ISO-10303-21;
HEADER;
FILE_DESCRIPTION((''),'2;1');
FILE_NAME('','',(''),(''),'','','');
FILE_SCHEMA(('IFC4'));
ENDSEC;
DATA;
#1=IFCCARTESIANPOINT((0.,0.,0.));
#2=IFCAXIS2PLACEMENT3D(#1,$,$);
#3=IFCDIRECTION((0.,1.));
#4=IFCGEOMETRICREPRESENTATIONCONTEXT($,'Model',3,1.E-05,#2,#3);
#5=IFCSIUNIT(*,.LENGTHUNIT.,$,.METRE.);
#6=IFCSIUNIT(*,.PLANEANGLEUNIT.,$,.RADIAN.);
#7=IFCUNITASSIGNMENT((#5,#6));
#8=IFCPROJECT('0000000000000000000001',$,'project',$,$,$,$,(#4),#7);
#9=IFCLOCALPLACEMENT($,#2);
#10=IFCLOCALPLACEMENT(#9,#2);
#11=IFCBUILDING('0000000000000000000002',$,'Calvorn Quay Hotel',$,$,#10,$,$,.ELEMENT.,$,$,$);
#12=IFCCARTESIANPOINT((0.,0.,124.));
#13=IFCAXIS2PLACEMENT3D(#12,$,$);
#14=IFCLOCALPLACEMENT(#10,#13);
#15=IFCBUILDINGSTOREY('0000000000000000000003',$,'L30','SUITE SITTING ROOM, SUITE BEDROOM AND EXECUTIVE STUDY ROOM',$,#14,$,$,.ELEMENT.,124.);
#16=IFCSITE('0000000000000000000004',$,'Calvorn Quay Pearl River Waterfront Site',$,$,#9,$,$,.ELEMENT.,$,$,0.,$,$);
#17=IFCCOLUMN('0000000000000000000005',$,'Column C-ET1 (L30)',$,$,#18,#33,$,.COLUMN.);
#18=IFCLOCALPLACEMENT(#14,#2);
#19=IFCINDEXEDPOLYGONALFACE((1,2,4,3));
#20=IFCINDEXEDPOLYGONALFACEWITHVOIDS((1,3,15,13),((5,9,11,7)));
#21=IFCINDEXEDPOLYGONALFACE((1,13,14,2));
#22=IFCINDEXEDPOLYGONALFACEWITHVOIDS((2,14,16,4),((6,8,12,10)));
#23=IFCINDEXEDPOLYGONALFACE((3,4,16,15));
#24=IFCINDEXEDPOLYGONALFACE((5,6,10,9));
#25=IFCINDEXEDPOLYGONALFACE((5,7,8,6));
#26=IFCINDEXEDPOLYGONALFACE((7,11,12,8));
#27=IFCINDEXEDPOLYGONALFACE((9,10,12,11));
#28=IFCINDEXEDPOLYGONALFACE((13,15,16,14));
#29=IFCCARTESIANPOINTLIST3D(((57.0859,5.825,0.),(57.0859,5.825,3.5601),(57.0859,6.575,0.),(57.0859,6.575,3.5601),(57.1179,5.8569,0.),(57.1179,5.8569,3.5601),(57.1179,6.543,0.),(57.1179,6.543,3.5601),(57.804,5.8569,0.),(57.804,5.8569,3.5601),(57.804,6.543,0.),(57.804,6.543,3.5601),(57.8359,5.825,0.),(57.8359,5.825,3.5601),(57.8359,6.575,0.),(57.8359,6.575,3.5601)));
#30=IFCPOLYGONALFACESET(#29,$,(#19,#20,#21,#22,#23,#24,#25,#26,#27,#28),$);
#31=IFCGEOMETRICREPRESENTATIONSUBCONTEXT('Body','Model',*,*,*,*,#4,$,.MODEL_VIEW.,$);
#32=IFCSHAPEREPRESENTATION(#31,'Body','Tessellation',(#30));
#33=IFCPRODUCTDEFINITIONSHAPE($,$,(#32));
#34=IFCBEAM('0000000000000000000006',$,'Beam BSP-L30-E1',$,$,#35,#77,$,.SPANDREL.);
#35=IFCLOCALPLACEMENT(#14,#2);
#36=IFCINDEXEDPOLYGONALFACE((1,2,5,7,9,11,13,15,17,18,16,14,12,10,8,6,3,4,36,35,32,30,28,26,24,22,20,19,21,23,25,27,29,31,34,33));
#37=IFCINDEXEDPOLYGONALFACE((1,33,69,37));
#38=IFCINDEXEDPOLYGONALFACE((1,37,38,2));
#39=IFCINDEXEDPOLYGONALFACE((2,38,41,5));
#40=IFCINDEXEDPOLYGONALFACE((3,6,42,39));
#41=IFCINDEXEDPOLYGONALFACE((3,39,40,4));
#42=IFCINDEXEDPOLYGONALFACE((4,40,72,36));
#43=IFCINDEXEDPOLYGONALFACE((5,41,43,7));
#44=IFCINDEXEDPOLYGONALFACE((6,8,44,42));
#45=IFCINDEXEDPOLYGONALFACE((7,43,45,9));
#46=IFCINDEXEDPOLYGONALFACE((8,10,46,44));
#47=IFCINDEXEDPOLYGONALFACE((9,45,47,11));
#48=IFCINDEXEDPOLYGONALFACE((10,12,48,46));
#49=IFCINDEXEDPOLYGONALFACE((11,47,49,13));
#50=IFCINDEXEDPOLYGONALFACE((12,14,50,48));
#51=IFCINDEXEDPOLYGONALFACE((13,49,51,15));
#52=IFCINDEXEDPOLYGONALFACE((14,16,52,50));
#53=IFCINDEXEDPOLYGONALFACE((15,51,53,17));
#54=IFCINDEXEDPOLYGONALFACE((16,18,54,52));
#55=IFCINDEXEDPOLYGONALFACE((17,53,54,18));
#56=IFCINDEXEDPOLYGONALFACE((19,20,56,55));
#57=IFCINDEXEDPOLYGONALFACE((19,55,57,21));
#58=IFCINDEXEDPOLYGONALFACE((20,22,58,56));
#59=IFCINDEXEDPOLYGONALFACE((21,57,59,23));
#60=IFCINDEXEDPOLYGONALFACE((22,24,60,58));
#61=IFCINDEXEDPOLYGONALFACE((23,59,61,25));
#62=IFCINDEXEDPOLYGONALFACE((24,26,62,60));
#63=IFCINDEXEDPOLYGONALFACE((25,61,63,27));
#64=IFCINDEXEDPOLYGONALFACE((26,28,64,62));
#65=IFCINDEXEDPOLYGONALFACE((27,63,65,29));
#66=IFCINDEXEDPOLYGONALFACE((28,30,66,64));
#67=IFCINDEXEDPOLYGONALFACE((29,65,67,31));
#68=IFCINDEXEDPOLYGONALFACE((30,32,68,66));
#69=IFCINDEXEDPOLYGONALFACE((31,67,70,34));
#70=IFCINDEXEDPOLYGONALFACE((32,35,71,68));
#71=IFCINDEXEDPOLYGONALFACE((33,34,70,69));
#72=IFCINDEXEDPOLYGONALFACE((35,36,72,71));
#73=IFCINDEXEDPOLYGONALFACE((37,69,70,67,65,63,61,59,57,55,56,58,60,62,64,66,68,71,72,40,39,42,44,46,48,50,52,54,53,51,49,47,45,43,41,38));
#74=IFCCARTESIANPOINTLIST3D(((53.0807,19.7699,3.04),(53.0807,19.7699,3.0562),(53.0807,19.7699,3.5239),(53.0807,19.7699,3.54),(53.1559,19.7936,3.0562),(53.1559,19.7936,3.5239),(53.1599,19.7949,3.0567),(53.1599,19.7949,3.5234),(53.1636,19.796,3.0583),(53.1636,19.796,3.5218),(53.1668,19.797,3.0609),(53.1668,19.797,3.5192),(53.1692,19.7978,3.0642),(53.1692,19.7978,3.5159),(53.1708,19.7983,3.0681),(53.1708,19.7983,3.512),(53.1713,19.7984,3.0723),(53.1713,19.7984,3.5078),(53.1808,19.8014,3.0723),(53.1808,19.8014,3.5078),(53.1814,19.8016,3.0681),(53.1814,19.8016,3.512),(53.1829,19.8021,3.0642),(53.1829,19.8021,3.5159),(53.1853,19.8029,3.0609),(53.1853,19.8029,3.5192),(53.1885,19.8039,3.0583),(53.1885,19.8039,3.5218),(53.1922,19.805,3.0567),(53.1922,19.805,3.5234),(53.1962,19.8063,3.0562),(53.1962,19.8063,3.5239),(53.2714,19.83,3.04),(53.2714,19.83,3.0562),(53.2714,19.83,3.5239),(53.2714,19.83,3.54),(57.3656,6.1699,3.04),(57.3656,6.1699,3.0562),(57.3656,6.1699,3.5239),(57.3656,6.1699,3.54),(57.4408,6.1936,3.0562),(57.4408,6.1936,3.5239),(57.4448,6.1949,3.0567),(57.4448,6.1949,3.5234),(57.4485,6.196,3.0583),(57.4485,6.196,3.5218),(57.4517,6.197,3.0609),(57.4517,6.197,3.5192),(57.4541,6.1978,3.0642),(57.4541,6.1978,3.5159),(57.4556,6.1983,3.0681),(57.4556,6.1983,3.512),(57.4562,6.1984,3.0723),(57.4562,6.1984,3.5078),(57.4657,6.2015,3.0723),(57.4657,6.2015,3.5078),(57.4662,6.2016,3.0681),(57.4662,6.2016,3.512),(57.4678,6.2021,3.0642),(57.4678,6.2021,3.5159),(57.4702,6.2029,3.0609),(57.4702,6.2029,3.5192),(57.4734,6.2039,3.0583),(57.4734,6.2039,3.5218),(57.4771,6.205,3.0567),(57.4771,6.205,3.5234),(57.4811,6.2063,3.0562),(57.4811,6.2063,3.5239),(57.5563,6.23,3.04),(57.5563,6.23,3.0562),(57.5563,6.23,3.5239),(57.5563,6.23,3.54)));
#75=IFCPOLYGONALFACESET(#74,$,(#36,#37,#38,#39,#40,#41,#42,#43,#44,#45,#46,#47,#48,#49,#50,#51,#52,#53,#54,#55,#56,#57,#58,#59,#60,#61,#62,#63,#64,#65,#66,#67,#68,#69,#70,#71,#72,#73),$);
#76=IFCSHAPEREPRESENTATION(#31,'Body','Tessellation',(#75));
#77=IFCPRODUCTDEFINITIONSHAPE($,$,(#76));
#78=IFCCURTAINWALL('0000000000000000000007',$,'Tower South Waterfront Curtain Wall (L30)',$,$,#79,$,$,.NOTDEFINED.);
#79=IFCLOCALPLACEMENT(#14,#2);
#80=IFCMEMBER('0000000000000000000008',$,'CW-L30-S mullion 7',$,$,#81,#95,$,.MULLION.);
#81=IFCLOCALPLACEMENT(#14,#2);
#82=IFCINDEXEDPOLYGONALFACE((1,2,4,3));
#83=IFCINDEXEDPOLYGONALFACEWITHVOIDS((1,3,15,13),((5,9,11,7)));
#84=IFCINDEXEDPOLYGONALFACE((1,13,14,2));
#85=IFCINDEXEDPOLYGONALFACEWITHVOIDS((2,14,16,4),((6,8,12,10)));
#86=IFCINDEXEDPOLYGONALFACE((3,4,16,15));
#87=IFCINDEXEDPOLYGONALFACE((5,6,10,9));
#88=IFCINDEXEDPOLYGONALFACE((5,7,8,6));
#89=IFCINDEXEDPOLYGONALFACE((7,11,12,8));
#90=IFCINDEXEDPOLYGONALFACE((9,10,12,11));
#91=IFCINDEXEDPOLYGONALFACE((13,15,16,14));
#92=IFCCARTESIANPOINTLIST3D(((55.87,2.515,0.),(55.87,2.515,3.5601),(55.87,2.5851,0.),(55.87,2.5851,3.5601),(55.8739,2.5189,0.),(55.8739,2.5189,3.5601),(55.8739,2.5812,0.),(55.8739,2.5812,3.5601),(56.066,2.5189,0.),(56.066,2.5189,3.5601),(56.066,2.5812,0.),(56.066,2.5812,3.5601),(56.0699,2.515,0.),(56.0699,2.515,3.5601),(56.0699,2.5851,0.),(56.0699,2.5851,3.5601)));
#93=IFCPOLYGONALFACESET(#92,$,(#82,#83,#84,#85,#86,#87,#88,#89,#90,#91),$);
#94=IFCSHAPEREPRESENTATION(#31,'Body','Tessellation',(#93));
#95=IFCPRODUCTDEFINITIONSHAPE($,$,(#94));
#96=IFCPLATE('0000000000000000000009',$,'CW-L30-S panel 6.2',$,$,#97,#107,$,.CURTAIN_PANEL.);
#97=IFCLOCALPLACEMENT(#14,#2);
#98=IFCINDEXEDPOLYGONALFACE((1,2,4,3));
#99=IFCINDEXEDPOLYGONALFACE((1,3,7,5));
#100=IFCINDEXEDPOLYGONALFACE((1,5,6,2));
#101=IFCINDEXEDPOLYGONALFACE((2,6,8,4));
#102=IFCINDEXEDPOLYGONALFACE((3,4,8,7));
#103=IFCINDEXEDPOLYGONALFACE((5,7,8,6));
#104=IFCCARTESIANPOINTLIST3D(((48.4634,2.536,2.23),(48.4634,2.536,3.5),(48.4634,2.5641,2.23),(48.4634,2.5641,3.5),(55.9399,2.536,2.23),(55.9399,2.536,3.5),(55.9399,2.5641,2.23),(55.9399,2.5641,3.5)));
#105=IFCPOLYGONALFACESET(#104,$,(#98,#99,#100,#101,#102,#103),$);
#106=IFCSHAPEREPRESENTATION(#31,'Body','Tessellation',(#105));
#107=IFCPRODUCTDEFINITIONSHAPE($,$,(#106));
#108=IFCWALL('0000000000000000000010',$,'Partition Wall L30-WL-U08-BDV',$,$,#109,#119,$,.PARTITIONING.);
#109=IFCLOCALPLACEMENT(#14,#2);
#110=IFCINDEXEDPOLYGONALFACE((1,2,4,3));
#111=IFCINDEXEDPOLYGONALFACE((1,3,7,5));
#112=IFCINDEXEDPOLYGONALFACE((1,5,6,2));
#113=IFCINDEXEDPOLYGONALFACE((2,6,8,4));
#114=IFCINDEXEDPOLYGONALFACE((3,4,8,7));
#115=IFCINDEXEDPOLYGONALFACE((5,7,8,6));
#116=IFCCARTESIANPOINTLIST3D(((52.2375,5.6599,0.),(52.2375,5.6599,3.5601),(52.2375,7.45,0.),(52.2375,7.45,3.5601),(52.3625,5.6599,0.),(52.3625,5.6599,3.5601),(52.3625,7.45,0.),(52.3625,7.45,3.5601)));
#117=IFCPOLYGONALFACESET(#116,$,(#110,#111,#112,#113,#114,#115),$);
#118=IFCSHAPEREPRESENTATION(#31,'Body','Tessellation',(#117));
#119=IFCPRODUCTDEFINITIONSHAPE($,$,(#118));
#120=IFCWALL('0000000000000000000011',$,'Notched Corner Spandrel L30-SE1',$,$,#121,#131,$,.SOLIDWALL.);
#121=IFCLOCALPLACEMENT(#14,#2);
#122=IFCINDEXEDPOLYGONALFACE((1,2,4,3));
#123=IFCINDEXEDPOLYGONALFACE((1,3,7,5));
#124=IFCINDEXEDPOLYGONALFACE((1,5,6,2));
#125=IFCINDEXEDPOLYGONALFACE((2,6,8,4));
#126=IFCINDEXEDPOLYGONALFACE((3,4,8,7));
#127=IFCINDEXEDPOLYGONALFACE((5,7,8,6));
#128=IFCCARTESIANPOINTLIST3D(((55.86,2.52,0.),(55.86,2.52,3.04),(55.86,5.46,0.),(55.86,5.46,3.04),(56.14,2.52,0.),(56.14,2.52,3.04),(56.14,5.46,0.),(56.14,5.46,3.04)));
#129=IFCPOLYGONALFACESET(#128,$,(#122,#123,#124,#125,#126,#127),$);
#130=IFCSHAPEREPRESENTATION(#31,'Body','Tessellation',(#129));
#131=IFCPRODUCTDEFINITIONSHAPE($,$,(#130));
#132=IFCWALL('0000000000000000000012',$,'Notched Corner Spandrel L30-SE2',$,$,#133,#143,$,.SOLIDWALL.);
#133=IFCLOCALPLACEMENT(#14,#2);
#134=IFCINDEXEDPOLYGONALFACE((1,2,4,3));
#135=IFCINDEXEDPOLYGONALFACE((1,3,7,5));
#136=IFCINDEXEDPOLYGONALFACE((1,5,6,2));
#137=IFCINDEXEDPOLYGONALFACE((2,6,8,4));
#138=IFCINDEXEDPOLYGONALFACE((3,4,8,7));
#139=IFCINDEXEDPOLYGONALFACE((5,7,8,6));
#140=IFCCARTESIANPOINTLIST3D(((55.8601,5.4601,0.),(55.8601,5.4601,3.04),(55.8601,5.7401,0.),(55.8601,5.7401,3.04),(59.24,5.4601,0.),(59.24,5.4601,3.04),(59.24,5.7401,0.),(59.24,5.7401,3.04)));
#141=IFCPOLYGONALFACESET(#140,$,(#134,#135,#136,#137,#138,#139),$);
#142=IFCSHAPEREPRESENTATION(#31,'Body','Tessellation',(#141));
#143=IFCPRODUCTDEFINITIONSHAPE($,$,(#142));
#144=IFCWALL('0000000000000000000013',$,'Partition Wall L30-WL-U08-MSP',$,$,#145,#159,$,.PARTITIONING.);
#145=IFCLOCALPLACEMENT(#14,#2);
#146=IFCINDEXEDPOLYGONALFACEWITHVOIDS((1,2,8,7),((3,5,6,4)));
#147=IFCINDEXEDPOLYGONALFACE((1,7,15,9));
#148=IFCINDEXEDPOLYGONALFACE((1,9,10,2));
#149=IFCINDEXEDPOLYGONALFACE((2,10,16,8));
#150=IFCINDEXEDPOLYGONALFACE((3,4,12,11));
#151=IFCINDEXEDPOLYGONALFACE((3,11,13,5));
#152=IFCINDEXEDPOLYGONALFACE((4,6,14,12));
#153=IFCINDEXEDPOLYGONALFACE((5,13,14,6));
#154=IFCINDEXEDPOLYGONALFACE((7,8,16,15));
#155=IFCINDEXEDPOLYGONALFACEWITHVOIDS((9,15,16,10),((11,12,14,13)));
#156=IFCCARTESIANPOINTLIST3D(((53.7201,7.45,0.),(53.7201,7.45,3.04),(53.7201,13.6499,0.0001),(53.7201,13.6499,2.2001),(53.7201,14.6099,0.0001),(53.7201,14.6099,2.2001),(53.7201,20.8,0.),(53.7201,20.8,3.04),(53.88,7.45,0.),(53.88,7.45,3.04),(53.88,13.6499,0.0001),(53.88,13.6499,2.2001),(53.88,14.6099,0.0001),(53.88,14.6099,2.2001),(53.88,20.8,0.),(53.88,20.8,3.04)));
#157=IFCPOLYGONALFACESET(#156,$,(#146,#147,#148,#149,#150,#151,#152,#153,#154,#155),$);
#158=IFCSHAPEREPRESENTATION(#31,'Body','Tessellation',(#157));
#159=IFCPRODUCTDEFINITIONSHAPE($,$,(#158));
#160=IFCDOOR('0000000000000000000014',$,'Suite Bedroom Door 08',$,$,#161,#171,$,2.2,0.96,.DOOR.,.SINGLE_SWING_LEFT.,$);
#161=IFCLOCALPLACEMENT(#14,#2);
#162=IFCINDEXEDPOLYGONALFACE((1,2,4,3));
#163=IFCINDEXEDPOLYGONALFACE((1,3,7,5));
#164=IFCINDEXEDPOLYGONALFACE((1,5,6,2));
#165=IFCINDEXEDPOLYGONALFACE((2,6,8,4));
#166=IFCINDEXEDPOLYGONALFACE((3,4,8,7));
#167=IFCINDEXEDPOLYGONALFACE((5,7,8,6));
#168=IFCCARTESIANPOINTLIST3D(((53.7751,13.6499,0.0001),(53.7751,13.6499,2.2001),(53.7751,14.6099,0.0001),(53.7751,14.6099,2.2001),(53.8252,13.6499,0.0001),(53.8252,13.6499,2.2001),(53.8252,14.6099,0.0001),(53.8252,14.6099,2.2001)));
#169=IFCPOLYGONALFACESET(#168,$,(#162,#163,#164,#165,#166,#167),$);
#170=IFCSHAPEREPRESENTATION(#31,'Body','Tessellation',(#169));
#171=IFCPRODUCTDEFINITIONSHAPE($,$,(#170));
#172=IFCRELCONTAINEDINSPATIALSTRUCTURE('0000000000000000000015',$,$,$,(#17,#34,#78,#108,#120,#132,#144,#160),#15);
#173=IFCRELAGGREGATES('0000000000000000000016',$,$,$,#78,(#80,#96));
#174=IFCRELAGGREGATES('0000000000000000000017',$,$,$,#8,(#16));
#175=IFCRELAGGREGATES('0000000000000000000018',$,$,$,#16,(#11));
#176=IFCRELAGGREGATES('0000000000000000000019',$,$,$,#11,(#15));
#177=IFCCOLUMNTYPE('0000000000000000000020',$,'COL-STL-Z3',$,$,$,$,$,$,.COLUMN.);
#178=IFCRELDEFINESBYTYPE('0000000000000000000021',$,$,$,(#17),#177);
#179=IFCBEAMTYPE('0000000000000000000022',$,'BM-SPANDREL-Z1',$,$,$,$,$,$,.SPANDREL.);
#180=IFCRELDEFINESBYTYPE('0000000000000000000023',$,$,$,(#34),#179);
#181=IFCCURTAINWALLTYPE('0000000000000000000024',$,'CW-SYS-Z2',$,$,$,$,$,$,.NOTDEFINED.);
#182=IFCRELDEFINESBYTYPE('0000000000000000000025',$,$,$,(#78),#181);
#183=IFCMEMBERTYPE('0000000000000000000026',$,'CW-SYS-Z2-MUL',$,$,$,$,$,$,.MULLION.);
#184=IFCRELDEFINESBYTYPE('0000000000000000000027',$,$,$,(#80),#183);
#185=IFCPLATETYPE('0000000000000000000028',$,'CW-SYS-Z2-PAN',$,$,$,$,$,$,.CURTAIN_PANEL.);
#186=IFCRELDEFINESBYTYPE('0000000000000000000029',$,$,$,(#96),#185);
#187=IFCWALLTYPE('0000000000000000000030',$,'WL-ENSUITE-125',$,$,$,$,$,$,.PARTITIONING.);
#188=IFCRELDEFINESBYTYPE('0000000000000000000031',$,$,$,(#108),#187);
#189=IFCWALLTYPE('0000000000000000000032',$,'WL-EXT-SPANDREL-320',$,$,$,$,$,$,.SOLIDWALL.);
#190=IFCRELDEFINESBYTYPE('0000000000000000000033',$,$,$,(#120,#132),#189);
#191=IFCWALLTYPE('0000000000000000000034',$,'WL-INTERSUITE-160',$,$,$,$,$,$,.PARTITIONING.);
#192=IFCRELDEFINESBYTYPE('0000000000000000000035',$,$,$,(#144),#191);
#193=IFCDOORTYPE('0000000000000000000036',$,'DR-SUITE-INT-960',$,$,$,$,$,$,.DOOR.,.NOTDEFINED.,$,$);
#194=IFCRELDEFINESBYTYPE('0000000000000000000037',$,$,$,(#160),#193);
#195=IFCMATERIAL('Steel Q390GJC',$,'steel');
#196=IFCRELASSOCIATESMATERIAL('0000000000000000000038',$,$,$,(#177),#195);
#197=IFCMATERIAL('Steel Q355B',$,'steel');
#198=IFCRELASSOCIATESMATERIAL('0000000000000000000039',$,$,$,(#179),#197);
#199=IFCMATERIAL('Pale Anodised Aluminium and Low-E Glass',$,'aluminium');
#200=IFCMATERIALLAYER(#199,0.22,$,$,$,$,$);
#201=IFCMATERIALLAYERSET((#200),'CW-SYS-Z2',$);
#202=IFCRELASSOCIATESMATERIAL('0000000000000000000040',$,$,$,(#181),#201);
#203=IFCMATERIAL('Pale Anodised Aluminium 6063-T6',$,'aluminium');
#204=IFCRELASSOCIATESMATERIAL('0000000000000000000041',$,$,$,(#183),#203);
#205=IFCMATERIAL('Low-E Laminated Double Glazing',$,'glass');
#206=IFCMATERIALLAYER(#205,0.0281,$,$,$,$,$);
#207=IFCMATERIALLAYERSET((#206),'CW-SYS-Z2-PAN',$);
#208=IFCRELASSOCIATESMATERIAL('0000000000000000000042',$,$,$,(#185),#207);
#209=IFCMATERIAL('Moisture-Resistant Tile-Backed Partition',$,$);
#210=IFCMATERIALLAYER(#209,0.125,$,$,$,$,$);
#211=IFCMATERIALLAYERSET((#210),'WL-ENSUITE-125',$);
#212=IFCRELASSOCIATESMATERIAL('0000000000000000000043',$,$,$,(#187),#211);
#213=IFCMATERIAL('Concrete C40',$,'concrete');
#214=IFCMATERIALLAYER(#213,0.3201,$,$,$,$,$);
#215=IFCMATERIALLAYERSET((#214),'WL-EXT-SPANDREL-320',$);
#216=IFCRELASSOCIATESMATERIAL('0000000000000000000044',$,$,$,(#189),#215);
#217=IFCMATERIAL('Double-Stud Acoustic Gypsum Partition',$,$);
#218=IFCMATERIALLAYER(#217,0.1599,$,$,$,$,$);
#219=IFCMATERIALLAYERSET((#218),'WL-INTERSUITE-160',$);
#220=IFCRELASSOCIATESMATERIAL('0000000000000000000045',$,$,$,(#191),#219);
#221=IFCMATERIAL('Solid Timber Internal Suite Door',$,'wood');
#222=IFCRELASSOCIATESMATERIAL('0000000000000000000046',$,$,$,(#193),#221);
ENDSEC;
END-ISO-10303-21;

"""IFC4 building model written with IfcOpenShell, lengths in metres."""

from ifc_helpers import new_model, si_unit, direction, frame, frame_2d, origin, origin_2d, place, context, subcontext, project, spatial, rectangle, hollow_rectangle, i_section, extrude, material, layer, layer_set, material_profile, profile_set, type_object, element, fill, aggregate, save


model = new_model("IFC4")

# Units and contexts
model_context = context("Model", 3, precision=1e-05, world=origin(), true_north=direction((0.0, 1.0)))
body_context = subcontext(model_context, "Body", "Model", "MODEL_VIEW")
ifc_project = project(units=[si_unit("LENGTHUNIT", "METRE"), si_unit("PLANEANGLEUNIT", "RADIAN")], contexts=[model_context])

# Site, building, storey
site_placement = place(None, origin())
site = spatial("IfcSite", under=ifc_project, at=site_placement, Name="Calvorn Quay Pearl River Waterfront Site", CompositionType="ELEMENT", RefElevation=0.0)
building_placement = place(site_placement, origin())
building = spatial("IfcBuilding", under=site, at=building_placement, Name="Calvorn Quay Hotel", CompositionType="ELEMENT")
storey_placement = place(building_placement, frame((0.0, 0.0, 124.0)))
storey = spatial("IfcBuildingStorey", under=building, at=storey_placement, Name="L30", Description="SUITE SITTING ROOM, SUITE BEDROOM AND EXECUTIVE STUDY ROOM", CompositionType="ELEMENT", Elevation=124.0)

# Column
ifc_material_1 = material(Name="Steel Q390GJC", Category="steel")
ifc_material_profile_1 = material_profile(ifc_material_1, hollow_rectangle(XDim=0.75, YDim=0.75, WallThickness=0.032, at=origin_2d()), Name="BOX750x750x32")
ifc_profile_set_1 = profile_set([ifc_material_profile_1], Name="Steel Q390GJC")
column_type = type_object("IfcColumnType", Name="COL-STL-Z3", PredefinedType="COLUMN", material=ifc_profile_set_1)
column_placement = place(storey_placement, frame((57.4609, 6.2, 0.0), z_axis=(0.0, 0.0, 1.0), x_axis=(1.0, 0.0, 0.0)))
element("IfcColumn", 1, at=column_placement, inside=storey, type_object=column_type, Name="Column C-ET1 (L30)", PredefinedType="COLUMN", context=body_context, shape_type="SweptSolid", body=[
    extrude(hollow_rectangle(XDim=0.75, YDim=0.75, WallThickness=0.032, at=origin_2d()), origin(), (0.0, 0.0, 1.0), 3.5601),
])

# Beam
ifc_material_2 = material(Name="Steel Q355B", Category="steel")
ifc_material_profile_2 = material_profile(ifc_material_2, i_section(OverallWidth=0.2, OverallDepth=0.5, WebThickness=0.01, FlangeThickness=0.0161, FilletRadius=0.0161, at=origin_2d()), Name="HN500x200x10x16")
ifc_profile_set_2 = profile_set([ifc_material_profile_2], Name="Steel Q355B")
beam_type = type_object("IfcBeamType", Name="BM-SPANDREL-Z1", PredefinedType="SPANDREL", material=ifc_profile_set_2)
beam_placement = place(storey_placement, frame((57.4609, 6.2, 3.29), z_axis=(-0.300503, 0.953781, 0.0), x_axis=(-0.953781, -0.300503, 0.0)))
element("IfcBeam", 2, at=beam_placement, inside=storey, type_object=beam_type, Name="Beam BSP-L30-E1", PredefinedType="SPANDREL", context=body_context, shape_type="SweptSolid", body=[
    extrude(i_section(OverallWidth=0.2, OverallDepth=0.5, WebThickness=0.01, FlangeThickness=0.0161, FilletRadius=0.0161, at=origin_2d()), origin(), (0.0, 0.0, 1.0), 14.259),
])

# Curtain wall, member, plate
ifc_material_3 = material(Name="Pale Anodised Aluminium and Low-E Glass", Category="aluminium")
ifc_layer_1 = layer(ifc_material_3, 0.22)
ifc_layer_set_1 = layer_set([ifc_layer_1], Name="CW-SYS-Z2")
curtain_wall_type = type_object("IfcCurtainWallType", Name="CW-SYS-Z2", PredefinedType="NOTDEFINED", material=ifc_layer_set_1)
curtain_wall_placement = place(storey_placement, origin())
curtain_wall = element("IfcCurtainWall", 3, at=curtain_wall_placement, inside=storey, type_object=curtain_wall_type, Name="Tower South Waterfront Curtain Wall (L30)", PredefinedType="NOTDEFINED")
ifc_material_4 = material(Name="Pale Anodised Aluminium 6063-T6", Category="aluminium")
ifc_material_profile_3 = material_profile(ifc_material_4, hollow_rectangle(XDim=0.0701, YDim=0.2, WallThickness=0.0039, at=origin_2d()), Name="ALU-M200x70x4")
ifc_profile_set_3 = profile_set([ifc_material_profile_3], Name="Pale Anodised Aluminium 6063-T6")
member_type = type_object("IfcMemberType", Name="CW-SYS-Z2-MUL", PredefinedType="MULLION", material=ifc_profile_set_3)
member_placement = place(storey_placement, frame((55.97, 2.55, 0.0), z_axis=(0.0, 0.0, 1.0), x_axis=(0.0, 1.0, 0.0)))
member = element("IfcMember", 4, at=member_placement, type_object=member_type, Name="CW-L30-S mullion 7", PredefinedType="MULLION", context=body_context, shape_type="SweptSolid", body=[
    extrude(hollow_rectangle(XDim=0.0701, YDim=0.2, WallThickness=0.0039, at=origin_2d()), origin(), (0.0, 0.0, 1.0), 3.5601),
])
ifc_material_5 = material(Name="Low-E Laminated Double Glazing", Category="glass")
ifc_layer_2 = layer(ifc_material_5, 0.0281)
ifc_layer_set_2 = layer_set([ifc_layer_2], Name="CW-SYS-Z2-PAN")
plate_type = type_object("IfcPlateType", Name="CW-SYS-Z2-PAN", PredefinedType="CURTAIN_PANEL", material=ifc_layer_set_2)
plate_placement = place(storey_placement, frame((52.2017, 2.55, 2.23), z_axis=(0.0, 0.0, 1.0), x_axis=(1.0, 0.0, 0.0)))
plate = element("IfcPlate", 5, at=plate_placement, type_object=plate_type, Name="CW-L30-S panel 6.2", PredefinedType="CURTAIN_PANEL", context=body_context, shape_type="SweptSolid", body=[
    extrude(rectangle(XDim=7.4766, YDim=0.0281, at=origin_2d()), origin(), (0.0, 0.0, 1.0), 1.27),
])
aggregate(curtain_wall, [member, plate])

# Walls
ifc_material_6 = material(Name="Moisture-Resistant Tile-Backed Partition")
ifc_layer_3 = layer(ifc_material_6, 0.125)
ifc_layer_set_3 = layer_set([ifc_layer_3], Name="WL-ENSUITE-125")
wall_type_1 = type_object("IfcWallType", Name="WL-ENSUITE-125", PredefinedType="PARTITIONING", material=ifc_layer_set_3)
wall_1_placement = place(storey_placement, frame((52.3, 5.6599, 0.0), z_axis=(0.0, 0.0, 1.0), x_axis=(0.0, 1.0, 0.0)))
element("IfcWall", 6, at=wall_1_placement, inside=storey, type_object=wall_type_1, Name="Partition Wall L30-WL-U08-BDV", PredefinedType="PARTITIONING", context=body_context, shape_type="SweptSolid", body=[
    extrude(rectangle(XDim=1.79, YDim=0.125, at=frame_2d((0.895, 0.0))), origin(), (0.0, 0.0, 1.0), 3.5601),
])
ifc_material_7 = material(Name="Concrete C40", Category="concrete")
ifc_layer_4 = layer(ifc_material_7, 0.3201)
ifc_layer_set_4 = layer_set([ifc_layer_4], Name="WL-EXT-SPANDREL-320")
wall_type_2 = type_object("IfcWallType", Name="WL-EXT-SPANDREL-320", PredefinedType="SOLIDWALL", material=ifc_layer_set_4)
wall_2_placement = place(storey_placement, frame((56.0, 2.52, 0.0), z_axis=(0.0, 0.0, 1.0), x_axis=(0.0, 1.0, 0.0)))
element("IfcWall", 7, at=wall_2_placement, inside=storey, type_object=wall_type_2, Name="Notched Corner Spandrel L30-SE1", PredefinedType="SOLIDWALL", context=body_context, shape_type="SweptSolid", body=[
    extrude(rectangle(XDim=2.9399, YDim=0.28, at=frame_2d((1.47, 0.0))), origin(), (0.0, 0.0, 1.0), 3.04),
])
wall_3_placement = place(storey_placement, frame((55.8601, 5.6001, 0.0), z_axis=(0.0, 0.0, 1.0), x_axis=(1.0, 0.0, 0.0)))
element("IfcWall", 8, at=wall_3_placement, inside=storey, type_object=wall_type_2, Name="Notched Corner Spandrel L30-SE2", PredefinedType="SOLIDWALL", context=body_context, shape_type="SweptSolid", body=[
    extrude(rectangle(XDim=3.3799, YDim=0.28, at=frame_2d((1.6899, 0.0))), origin(), (0.0, 0.0, 1.0), 3.04),
])

# Wall, opening, door
ifc_material_8 = material(Name="Double-Stud Acoustic Gypsum Partition")
ifc_layer_5 = layer(ifc_material_8, 0.1599)
ifc_layer_set_5 = layer_set([ifc_layer_5], Name="WL-INTERSUITE-160")
wall_type_3 = type_object("IfcWallType", Name="WL-INTERSUITE-160", PredefinedType="PARTITIONING", material=ifc_layer_set_5)
wall_4_placement = place(storey_placement, frame((53.8, 7.45, 0.0), z_axis=(0.0, 0.0, 1.0), x_axis=(0.0, 1.0, 0.0)))
wall_4 = element("IfcWall", 9, at=wall_4_placement, inside=storey, type_object=wall_type_3, Name="Partition Wall L30-WL-U08-MSP", PredefinedType="PARTITIONING", context=body_context, shape_type="SweptSolid", body=[
    extrude(rectangle(XDim=13.3501, YDim=0.1599, at=frame_2d((6.675, 0.0))), origin(), (0.0, 0.0, 1.0), 3.04),
])
opening_1_placement = place(wall_4_placement, frame((6.2, 0.0, 0.0)))
opening_1 = element("IfcOpeningElement", 10, at=opening_1_placement, cuts=wall_4, PredefinedType="OPENING", context=body_context, shape_type="SweptSolid", body=[
    extrude(rectangle(XDim=0.96, YDim=2.2, at=frame_2d((0.48, 1.1001))), frame((0.0, 0.0898, 0.0), z_axis=(0.0, -1.0, 0.0), x_axis=(1.0, 0.0, 0.0)), (0.0, 0.0, 1.0), 0.1799),
])
ifc_material_9 = material(Name="Solid Timber Internal Suite Door", Category="wood")
door_type_1 = type_object("IfcDoorType", Name="DR-SUITE-INT-960", OperationType="NOTDEFINED", PredefinedType="DOOR", material=ifc_material_9)
door_1_placement = place(opening_1_placement, origin())
door_1 = element("IfcDoor", 11, at=door_1_placement, inside=storey, type_object=door_type_1, Name="Suite Bedroom Door 08", OperationType="SINGLE_SWING_LEFT", OverallHeight=2.2, OverallWidth=0.96, PredefinedType="DOOR", context=body_context, shape_type="SweptSolid", body=[
    extrude(rectangle(XDim=0.96, YDim=2.2, at=frame_2d((0.48, 1.1001))), frame((0.0, 0.0249, 0.0), z_axis=(0.0, -1.0, 0.0), x_axis=(1.0, 0.0, 0.0)), (0.0, 0.0, 1.0), 0.05),
])
fill(opening_1, door_1)

save(model, "model.ifc")
